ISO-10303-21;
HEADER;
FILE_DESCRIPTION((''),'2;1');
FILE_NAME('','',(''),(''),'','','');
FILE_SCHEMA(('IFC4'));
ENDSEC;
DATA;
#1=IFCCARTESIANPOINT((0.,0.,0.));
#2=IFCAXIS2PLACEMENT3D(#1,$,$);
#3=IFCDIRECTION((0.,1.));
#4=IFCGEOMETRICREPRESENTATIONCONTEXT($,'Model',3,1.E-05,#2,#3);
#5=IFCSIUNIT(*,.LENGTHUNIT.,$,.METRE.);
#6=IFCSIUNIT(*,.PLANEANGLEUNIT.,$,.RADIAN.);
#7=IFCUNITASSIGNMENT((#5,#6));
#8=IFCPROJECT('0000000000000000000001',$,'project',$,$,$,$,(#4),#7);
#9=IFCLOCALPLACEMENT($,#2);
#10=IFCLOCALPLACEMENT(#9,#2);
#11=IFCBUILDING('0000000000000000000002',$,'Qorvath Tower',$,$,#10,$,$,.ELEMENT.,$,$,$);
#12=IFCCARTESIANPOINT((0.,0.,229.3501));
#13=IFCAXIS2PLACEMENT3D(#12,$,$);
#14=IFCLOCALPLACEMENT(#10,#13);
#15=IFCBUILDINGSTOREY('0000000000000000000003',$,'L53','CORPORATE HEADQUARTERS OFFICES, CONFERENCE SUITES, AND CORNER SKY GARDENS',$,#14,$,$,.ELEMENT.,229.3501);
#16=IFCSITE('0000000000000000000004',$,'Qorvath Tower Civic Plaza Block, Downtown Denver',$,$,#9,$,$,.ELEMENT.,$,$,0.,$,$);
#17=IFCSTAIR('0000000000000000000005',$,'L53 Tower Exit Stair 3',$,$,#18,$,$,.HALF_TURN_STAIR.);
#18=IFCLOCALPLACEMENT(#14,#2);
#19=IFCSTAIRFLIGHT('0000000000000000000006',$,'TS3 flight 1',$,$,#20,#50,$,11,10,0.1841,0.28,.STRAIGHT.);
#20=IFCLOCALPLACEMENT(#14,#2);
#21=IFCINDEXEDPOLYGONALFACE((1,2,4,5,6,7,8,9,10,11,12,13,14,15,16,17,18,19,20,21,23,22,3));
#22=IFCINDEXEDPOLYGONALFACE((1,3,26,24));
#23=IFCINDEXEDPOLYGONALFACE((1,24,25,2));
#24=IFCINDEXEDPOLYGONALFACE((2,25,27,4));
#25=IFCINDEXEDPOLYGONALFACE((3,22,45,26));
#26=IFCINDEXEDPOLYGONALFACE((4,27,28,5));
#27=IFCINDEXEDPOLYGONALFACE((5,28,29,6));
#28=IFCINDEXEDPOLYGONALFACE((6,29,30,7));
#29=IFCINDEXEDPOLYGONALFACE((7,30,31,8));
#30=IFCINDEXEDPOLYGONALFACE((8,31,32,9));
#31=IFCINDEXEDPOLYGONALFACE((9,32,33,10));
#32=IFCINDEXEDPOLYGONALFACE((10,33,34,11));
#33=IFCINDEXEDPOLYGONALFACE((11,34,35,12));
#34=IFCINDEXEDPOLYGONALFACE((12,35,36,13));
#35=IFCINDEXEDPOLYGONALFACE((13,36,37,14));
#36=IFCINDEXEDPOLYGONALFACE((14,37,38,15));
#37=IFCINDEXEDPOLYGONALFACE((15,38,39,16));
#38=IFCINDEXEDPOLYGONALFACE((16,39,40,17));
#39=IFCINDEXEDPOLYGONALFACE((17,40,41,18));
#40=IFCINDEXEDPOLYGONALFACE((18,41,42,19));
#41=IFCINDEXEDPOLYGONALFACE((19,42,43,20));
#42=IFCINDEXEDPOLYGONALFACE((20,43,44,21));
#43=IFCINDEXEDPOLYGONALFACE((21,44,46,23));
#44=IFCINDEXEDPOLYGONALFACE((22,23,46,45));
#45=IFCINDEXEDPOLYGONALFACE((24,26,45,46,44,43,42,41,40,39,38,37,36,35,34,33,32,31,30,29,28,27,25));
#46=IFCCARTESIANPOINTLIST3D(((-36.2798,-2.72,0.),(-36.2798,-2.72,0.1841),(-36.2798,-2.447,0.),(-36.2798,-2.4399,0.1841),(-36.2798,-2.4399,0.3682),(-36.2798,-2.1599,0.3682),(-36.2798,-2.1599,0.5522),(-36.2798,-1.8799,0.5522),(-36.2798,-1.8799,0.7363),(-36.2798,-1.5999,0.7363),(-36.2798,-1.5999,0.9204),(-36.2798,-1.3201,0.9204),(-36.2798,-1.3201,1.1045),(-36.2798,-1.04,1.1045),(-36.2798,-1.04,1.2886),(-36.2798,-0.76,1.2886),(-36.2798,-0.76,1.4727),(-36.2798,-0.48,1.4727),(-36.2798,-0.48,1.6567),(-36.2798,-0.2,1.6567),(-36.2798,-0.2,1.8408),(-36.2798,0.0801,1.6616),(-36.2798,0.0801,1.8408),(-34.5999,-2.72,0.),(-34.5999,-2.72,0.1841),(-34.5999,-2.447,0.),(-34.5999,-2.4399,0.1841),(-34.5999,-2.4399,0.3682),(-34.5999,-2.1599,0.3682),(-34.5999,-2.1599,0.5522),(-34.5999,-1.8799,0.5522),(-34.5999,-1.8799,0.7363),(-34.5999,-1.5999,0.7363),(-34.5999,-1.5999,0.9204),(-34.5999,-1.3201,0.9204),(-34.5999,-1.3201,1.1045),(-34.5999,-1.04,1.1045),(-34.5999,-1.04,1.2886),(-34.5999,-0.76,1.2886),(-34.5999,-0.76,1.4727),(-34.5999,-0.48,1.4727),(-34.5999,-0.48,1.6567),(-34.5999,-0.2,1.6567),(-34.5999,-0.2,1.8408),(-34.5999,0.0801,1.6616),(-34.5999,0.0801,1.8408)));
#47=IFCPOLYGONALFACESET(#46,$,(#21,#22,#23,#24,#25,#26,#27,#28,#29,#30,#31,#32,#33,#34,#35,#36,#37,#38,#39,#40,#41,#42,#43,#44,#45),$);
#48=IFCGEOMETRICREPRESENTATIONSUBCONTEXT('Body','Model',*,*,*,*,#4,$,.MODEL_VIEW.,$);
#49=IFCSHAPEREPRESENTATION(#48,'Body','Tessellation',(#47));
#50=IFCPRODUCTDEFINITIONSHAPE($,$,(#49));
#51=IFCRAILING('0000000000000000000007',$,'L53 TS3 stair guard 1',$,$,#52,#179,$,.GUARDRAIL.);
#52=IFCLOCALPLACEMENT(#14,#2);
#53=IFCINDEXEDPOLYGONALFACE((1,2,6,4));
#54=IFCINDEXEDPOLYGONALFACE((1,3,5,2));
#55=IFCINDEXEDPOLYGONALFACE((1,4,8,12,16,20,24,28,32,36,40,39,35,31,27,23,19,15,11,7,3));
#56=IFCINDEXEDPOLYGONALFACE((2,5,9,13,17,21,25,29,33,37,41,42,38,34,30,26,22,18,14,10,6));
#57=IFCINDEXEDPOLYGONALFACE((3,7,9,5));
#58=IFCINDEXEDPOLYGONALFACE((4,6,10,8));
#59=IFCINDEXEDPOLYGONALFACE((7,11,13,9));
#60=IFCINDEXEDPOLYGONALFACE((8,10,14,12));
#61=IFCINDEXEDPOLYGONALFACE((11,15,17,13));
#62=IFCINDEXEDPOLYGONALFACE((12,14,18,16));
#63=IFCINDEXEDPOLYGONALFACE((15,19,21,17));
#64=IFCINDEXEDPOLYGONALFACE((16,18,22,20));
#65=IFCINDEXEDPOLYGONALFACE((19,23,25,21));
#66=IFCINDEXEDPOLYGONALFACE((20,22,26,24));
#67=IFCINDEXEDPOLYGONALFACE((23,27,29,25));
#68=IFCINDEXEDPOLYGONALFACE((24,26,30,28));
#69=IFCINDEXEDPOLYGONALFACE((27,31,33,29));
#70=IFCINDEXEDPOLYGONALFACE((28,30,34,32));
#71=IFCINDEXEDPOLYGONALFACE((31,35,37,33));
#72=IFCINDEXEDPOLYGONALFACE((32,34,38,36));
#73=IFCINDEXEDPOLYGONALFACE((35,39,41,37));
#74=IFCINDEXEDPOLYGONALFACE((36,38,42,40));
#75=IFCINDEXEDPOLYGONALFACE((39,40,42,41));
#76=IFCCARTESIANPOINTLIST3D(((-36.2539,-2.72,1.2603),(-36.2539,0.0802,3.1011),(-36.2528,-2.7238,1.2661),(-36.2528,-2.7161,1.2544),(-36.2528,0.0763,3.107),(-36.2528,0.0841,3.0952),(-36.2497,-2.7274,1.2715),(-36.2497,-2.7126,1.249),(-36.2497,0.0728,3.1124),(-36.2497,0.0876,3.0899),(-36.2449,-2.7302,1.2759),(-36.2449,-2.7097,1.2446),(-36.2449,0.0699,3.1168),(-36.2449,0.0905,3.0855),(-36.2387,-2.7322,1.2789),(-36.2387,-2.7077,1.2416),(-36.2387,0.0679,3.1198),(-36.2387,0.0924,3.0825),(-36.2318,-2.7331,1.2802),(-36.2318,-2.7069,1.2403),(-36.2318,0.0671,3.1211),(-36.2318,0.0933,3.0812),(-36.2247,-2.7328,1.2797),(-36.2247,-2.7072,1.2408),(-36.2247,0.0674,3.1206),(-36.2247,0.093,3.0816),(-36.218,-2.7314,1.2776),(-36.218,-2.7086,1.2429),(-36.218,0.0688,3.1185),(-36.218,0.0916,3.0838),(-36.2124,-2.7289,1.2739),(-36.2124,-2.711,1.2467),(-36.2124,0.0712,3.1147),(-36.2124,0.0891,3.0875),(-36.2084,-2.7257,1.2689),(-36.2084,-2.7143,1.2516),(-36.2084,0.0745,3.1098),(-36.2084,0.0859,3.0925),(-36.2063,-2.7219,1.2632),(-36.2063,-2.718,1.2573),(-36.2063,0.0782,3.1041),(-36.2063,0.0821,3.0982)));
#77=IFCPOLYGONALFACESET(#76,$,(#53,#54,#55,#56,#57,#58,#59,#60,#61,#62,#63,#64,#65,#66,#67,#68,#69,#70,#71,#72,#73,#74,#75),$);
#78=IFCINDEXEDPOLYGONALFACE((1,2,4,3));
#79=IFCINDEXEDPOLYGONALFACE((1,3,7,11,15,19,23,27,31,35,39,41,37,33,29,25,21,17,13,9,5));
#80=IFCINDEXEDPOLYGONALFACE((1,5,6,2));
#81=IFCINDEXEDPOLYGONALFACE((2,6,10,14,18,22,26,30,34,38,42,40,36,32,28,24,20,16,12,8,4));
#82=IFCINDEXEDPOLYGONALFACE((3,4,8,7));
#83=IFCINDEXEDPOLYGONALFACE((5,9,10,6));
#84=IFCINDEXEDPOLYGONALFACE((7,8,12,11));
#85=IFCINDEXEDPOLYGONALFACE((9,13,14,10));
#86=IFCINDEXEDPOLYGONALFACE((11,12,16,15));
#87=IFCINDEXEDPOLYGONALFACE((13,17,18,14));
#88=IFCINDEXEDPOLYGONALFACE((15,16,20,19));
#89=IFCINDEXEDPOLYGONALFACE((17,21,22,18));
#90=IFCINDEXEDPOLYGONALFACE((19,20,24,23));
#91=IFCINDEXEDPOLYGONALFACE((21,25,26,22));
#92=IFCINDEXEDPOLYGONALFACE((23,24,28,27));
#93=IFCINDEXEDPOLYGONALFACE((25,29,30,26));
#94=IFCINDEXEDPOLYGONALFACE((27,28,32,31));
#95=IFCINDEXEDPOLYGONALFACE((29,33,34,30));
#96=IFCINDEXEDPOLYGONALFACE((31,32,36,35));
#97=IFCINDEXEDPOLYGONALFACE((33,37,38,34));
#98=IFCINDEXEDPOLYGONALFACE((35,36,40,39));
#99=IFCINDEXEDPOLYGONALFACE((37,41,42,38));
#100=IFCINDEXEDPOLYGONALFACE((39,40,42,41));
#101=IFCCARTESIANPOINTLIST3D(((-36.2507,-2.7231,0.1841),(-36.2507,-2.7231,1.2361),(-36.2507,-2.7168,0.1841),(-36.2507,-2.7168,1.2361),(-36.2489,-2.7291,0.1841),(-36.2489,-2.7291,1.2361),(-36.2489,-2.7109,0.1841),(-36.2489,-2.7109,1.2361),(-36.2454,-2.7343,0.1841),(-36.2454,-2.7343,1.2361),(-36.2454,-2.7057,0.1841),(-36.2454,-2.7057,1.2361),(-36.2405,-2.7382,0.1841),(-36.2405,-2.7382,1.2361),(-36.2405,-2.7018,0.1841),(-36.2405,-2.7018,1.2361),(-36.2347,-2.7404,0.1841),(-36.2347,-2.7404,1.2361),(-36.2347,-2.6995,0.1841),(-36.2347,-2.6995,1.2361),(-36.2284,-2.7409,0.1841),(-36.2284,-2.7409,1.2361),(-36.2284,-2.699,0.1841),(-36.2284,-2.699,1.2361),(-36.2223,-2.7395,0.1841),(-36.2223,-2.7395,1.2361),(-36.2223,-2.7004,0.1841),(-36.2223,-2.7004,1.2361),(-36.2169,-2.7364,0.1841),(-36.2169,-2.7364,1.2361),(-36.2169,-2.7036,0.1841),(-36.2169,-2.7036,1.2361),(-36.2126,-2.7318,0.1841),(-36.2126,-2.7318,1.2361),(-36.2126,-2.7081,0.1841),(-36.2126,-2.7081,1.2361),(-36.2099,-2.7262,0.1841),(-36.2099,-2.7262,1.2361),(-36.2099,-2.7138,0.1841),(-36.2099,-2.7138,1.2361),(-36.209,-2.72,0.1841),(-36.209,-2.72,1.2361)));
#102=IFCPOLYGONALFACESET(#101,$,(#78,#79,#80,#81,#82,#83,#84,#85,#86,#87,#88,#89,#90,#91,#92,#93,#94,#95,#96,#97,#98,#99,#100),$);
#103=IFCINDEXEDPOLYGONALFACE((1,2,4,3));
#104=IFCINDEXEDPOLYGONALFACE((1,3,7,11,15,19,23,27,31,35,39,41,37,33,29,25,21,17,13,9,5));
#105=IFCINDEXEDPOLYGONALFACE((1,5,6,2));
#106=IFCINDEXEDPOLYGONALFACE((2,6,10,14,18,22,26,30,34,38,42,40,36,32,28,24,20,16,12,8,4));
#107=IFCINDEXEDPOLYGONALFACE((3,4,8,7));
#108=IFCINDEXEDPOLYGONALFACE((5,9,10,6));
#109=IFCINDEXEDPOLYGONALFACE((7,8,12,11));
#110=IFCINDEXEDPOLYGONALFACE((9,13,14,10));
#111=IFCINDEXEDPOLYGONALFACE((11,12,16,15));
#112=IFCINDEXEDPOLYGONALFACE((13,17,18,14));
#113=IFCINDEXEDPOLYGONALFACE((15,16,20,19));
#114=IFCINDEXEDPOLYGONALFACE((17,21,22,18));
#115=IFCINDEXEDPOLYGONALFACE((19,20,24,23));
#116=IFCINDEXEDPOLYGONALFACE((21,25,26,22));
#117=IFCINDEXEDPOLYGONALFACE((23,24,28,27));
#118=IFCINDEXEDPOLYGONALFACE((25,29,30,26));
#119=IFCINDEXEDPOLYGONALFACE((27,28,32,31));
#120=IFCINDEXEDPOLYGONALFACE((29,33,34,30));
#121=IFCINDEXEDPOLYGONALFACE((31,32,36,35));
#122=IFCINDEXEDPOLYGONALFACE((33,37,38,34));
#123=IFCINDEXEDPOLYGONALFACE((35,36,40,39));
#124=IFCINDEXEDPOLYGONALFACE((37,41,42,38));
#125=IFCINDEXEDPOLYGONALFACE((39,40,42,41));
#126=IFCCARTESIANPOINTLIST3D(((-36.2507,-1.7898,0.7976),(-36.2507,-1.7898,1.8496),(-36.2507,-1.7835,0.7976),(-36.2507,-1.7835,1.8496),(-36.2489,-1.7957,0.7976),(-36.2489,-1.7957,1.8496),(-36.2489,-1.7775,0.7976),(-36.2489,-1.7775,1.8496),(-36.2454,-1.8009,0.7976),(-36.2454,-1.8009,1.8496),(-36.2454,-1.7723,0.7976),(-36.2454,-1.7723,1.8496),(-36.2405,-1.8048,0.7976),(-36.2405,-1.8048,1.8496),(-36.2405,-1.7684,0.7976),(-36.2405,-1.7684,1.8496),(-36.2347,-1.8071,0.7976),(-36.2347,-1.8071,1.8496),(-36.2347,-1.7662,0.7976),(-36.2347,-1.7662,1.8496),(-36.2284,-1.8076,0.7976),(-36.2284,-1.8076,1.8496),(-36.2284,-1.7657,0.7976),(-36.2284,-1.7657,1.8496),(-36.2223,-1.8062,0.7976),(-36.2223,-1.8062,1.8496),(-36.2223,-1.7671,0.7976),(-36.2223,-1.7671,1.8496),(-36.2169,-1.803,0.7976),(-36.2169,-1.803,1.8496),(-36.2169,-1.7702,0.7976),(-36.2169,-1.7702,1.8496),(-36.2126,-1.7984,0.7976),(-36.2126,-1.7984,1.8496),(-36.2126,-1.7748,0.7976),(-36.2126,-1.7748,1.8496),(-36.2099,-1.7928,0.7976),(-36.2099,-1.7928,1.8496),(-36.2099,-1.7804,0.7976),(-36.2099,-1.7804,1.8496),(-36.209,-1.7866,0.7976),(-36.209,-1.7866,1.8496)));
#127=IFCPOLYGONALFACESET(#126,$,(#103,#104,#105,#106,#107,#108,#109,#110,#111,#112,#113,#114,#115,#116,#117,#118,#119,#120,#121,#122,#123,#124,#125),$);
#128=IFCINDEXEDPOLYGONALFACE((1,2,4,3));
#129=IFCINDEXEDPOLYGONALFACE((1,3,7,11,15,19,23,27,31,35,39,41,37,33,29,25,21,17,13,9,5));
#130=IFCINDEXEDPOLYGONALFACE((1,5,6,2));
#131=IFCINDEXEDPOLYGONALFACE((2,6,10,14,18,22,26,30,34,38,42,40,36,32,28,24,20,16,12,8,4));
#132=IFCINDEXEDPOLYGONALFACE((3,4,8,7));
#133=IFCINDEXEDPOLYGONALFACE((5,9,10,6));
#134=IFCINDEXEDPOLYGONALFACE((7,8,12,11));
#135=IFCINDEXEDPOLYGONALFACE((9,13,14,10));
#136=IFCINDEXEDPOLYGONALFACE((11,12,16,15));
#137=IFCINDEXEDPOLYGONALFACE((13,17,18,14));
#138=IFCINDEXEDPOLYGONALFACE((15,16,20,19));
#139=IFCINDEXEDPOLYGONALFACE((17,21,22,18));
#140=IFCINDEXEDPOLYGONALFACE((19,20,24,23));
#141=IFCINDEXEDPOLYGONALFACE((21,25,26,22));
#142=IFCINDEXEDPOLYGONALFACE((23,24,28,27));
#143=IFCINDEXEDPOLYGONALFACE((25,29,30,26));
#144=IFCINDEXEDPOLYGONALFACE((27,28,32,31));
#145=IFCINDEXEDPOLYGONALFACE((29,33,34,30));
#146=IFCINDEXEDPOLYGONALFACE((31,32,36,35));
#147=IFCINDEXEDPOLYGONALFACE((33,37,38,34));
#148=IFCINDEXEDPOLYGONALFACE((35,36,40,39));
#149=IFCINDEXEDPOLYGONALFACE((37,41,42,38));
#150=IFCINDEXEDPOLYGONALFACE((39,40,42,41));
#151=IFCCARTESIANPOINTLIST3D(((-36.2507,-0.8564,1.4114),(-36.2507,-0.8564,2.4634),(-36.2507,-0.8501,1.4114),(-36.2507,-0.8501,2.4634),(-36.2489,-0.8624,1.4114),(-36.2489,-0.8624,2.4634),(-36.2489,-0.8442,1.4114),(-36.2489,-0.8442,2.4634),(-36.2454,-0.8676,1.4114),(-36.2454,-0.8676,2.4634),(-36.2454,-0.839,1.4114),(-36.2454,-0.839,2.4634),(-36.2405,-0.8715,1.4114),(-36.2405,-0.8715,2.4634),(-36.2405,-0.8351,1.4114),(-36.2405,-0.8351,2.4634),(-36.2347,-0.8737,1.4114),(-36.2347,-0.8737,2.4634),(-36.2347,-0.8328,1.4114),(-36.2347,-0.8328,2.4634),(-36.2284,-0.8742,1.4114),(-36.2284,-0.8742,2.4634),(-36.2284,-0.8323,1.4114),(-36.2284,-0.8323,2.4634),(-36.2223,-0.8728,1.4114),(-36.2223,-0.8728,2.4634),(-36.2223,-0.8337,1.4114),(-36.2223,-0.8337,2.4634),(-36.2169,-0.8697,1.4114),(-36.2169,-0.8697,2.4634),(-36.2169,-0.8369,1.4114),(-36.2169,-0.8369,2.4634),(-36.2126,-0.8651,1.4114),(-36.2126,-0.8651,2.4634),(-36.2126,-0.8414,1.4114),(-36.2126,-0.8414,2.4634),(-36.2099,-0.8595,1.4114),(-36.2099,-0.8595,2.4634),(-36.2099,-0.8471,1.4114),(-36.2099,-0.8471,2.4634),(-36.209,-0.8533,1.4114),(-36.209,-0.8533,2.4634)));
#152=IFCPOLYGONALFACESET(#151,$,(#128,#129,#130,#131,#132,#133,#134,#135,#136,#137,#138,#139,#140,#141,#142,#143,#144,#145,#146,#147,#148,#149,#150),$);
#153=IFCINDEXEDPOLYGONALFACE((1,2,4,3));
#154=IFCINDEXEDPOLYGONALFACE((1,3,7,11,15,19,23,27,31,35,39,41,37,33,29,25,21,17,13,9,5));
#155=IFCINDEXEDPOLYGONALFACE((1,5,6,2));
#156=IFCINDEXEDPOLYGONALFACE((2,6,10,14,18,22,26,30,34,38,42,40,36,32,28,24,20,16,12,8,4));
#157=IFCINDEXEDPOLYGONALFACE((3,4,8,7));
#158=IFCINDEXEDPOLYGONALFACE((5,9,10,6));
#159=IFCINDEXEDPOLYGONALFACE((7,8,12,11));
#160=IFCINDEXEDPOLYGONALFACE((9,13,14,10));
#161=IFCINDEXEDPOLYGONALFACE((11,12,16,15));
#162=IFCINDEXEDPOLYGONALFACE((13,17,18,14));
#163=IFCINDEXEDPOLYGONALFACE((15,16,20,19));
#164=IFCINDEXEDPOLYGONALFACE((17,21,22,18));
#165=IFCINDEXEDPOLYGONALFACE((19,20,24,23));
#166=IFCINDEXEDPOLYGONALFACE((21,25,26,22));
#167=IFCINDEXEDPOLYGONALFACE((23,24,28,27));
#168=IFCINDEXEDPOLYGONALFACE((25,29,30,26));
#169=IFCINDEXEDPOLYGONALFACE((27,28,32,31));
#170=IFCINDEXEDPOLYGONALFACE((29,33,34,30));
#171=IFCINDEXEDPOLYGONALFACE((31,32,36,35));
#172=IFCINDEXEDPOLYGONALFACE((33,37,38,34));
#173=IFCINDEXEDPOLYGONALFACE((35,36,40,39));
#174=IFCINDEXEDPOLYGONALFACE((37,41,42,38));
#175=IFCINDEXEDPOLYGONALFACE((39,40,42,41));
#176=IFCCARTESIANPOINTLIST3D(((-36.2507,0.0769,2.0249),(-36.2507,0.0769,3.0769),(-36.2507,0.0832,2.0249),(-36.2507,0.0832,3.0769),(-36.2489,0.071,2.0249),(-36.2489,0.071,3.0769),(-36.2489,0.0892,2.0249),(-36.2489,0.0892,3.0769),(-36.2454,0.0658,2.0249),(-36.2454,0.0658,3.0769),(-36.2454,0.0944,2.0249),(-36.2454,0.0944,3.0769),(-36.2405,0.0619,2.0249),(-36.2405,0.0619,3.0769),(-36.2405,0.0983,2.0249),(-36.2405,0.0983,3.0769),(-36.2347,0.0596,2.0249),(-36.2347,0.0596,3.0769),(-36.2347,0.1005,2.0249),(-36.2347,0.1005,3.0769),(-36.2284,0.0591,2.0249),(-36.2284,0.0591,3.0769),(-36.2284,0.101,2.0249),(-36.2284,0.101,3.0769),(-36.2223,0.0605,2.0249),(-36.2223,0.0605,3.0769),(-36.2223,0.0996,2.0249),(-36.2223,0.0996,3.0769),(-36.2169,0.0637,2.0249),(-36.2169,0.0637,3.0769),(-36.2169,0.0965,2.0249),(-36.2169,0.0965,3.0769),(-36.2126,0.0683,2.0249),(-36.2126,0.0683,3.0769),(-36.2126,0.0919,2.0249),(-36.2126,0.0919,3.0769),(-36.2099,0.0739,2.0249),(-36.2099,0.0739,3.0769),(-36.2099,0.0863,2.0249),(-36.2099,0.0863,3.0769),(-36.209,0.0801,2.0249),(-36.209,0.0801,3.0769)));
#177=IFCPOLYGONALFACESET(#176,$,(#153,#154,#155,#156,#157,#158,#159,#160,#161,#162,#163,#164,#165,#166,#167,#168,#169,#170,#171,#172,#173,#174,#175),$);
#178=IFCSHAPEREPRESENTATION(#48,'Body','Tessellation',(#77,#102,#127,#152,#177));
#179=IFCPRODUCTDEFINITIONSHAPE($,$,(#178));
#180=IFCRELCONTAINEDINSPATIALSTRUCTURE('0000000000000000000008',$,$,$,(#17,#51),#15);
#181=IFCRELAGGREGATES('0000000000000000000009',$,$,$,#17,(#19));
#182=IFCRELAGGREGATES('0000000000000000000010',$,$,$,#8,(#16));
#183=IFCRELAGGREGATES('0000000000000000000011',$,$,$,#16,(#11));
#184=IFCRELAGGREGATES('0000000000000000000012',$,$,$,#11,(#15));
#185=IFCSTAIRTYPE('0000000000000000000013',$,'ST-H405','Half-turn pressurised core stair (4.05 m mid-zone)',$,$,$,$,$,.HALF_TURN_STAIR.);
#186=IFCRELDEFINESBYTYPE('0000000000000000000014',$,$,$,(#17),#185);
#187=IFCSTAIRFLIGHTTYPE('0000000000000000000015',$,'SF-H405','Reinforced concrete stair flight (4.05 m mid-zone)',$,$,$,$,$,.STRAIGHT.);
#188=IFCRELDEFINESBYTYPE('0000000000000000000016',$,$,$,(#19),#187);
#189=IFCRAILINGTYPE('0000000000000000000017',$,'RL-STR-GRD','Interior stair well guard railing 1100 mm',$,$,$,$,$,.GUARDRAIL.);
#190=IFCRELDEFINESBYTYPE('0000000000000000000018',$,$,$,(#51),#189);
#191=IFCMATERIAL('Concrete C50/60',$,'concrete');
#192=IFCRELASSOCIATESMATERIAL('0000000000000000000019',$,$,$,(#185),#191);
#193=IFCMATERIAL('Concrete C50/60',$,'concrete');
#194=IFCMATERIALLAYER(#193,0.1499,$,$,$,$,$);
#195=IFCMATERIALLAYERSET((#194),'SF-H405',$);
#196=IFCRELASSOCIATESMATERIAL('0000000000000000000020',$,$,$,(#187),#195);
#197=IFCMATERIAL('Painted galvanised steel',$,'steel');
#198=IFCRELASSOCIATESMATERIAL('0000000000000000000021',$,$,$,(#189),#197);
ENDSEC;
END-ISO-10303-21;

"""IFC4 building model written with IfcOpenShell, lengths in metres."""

from ifc_helpers import new_model, si_unit, direction, frame, origin, origin_2d, place, context, subcontext, project, spatial, polyline, circle, outline, extrude, material, layer, layer_set, type_object, element, aggregate, save


model = new_model("IFC4")

# Units and contexts
model_context = context("Model", 3, precision=1e-05, world=origin(), true_north=direction((0.0, 1.0)))
body_context = subcontext(model_context, "Body", "Model", "MODEL_VIEW")
ifc_project = project(units=[si_unit("LENGTHUNIT", "METRE"), si_unit("PLANEANGLEUNIT", "RADIAN")], contexts=[model_context])

# Site, building, storey
site_placement = place(None, origin())
site = spatial("IfcSite", under=ifc_project, at=site_placement, Name="Qorvath Tower Civic Plaza Block, Downtown Denver", CompositionType="ELEMENT", RefElevation=0.0)
building_placement = place(site_placement, origin())
building = spatial("IfcBuilding", under=site, at=building_placement, Name="Qorvath Tower", CompositionType="ELEMENT")
storey_placement = place(building_placement, frame((0.0, 0.0, 229.3501)))
storey = spatial("IfcBuildingStorey", under=building, at=storey_placement, Name="L53", Description="CORPORATE HEADQUARTERS OFFICES, CONFERENCE SUITES, AND CORNER SKY GARDENS", CompositionType="ELEMENT", Elevation=229.3501)

# Stair, stair flight
ifc_material_1 = material(Name="Concrete C50/60", Category="concrete")
stair_type = type_object("IfcStairType", Name="ST-H405", Description="Half-turn pressurised core stair (4.05 m mid-zone)", PredefinedType="HALF_TURN_STAIR", material=ifc_material_1)
stair_placement = place(storey_placement, origin())
stair = element("IfcStair", 1, at=stair_placement, inside=storey, type_object=stair_type, Name="L53 Tower Exit Stair 3", PredefinedType="HALF_TURN_STAIR")
ifc_material_2 = material(Name="Concrete C50/60", Category="concrete")
ifc_layer_1 = layer(ifc_material_2, 0.1499)
ifc_layer_set_1 = layer_set([ifc_layer_1], Name="SF-H405")
stair_flight_type = type_object("IfcStairFlightType", Name="SF-H405", Description="Reinforced concrete stair flight (4.05 m mid-zone)", PredefinedType="STRAIGHT", material=ifc_layer_set_1)
stair_flight_placement = place(storey_placement, frame((-35.4399, -2.72, 0.0), z_axis=(0.0, 0.0, 1.0), x_axis=(0.0, 1.0, 0.0)))
stair_flight = element("IfcStairFlight", 2, at=stair_flight_placement, type_object=stair_flight_type, Name="TS3 flight 1", NumberOfRisers=11, NumberOfTreads=10, PredefinedType="STRAIGHT", RiserHeight=0.1841, TreadLength=0.28, context=body_context, shape_type="SweptSolid", body=[
    extrude(outline(polyline([(0.0, 0.0), (0.0, 0.1841), (0.28, 0.1841), (0.28, 0.3682), (0.5601, 0.3682), (0.5601, 0.5522), (0.8401, 0.5522), (0.8401, 0.7363), (1.1201, 0.7363), (1.1201, 0.9204), (1.3999, 0.9204), (1.3999, 1.1045), (1.6799, 1.1045), (1.6799, 1.2886), (1.96, 1.2886), (1.96, 1.4727), (2.24, 1.4727), (2.24, 1.6567), (2.52, 1.6567), (2.52, 1.8408), (2.8, 1.8408), (2.8, 2.0249), (2.8, 1.6616), (0.2729, 0.0), (0.0, 0.0)])), frame((0.0, 0.8398, 0.0), z_axis=(0.0, -1.0, 0.0), x_axis=(1.0, 0.0, 0.0)), (0.0, 0.0, 1.0), 1.6799),
])
aggregate(stair, [stair_flight])

# Railing
ifc_material_3 = material(Name="Painted galvanised steel", Category="steel")
railing_type_1 = type_object("IfcRailingType", Name="RL-STR-GRD", Description="Interior stair well guard railing 1100 mm", PredefinedType="GUARDRAIL", material=ifc_material_3)
railing_1_placement = place(storey_placement, frame((-36.23, -2.72, 0.1841)))
element("IfcRailing", 3, at=railing_1_placement, inside=storey, type_object=railing_type_1, Name="L53 TS3 stair guard 1", PredefinedType="GUARDRAIL", context=body_context, shape_type="SweptSolid", body=[
    extrude(circle(Radius=0.0239, at=origin_2d()), frame((0.0, 0.0, 1.0762), z_axis=(0.0, 0.835598, 0.549342), x_axis=(-1.0, 0.0, 0.0)), (0.0, 0.0, 1.0), 3.3511),
    extrude(circle(Radius=0.021, at=origin_2d()), origin(), (0.0, 0.0, 1.0), 1.052),
    extrude(circle(Radius=0.021, at=origin_2d()), frame((0.0, 0.9333, 0.6135)), (0.0, 0.0, 1.0), 1.052),
    extrude(circle(Radius=0.021, at=origin_2d()), frame((0.0, 1.8667, 1.2273)), (0.0, 0.0, 1.0), 1.052),
    extrude(circle(Radius=0.021, at=origin_2d()), frame((0.0, 2.8, 1.8408)), (0.0, 0.0, 1.0), 1.052),
])

save(model, "model.ifc")
